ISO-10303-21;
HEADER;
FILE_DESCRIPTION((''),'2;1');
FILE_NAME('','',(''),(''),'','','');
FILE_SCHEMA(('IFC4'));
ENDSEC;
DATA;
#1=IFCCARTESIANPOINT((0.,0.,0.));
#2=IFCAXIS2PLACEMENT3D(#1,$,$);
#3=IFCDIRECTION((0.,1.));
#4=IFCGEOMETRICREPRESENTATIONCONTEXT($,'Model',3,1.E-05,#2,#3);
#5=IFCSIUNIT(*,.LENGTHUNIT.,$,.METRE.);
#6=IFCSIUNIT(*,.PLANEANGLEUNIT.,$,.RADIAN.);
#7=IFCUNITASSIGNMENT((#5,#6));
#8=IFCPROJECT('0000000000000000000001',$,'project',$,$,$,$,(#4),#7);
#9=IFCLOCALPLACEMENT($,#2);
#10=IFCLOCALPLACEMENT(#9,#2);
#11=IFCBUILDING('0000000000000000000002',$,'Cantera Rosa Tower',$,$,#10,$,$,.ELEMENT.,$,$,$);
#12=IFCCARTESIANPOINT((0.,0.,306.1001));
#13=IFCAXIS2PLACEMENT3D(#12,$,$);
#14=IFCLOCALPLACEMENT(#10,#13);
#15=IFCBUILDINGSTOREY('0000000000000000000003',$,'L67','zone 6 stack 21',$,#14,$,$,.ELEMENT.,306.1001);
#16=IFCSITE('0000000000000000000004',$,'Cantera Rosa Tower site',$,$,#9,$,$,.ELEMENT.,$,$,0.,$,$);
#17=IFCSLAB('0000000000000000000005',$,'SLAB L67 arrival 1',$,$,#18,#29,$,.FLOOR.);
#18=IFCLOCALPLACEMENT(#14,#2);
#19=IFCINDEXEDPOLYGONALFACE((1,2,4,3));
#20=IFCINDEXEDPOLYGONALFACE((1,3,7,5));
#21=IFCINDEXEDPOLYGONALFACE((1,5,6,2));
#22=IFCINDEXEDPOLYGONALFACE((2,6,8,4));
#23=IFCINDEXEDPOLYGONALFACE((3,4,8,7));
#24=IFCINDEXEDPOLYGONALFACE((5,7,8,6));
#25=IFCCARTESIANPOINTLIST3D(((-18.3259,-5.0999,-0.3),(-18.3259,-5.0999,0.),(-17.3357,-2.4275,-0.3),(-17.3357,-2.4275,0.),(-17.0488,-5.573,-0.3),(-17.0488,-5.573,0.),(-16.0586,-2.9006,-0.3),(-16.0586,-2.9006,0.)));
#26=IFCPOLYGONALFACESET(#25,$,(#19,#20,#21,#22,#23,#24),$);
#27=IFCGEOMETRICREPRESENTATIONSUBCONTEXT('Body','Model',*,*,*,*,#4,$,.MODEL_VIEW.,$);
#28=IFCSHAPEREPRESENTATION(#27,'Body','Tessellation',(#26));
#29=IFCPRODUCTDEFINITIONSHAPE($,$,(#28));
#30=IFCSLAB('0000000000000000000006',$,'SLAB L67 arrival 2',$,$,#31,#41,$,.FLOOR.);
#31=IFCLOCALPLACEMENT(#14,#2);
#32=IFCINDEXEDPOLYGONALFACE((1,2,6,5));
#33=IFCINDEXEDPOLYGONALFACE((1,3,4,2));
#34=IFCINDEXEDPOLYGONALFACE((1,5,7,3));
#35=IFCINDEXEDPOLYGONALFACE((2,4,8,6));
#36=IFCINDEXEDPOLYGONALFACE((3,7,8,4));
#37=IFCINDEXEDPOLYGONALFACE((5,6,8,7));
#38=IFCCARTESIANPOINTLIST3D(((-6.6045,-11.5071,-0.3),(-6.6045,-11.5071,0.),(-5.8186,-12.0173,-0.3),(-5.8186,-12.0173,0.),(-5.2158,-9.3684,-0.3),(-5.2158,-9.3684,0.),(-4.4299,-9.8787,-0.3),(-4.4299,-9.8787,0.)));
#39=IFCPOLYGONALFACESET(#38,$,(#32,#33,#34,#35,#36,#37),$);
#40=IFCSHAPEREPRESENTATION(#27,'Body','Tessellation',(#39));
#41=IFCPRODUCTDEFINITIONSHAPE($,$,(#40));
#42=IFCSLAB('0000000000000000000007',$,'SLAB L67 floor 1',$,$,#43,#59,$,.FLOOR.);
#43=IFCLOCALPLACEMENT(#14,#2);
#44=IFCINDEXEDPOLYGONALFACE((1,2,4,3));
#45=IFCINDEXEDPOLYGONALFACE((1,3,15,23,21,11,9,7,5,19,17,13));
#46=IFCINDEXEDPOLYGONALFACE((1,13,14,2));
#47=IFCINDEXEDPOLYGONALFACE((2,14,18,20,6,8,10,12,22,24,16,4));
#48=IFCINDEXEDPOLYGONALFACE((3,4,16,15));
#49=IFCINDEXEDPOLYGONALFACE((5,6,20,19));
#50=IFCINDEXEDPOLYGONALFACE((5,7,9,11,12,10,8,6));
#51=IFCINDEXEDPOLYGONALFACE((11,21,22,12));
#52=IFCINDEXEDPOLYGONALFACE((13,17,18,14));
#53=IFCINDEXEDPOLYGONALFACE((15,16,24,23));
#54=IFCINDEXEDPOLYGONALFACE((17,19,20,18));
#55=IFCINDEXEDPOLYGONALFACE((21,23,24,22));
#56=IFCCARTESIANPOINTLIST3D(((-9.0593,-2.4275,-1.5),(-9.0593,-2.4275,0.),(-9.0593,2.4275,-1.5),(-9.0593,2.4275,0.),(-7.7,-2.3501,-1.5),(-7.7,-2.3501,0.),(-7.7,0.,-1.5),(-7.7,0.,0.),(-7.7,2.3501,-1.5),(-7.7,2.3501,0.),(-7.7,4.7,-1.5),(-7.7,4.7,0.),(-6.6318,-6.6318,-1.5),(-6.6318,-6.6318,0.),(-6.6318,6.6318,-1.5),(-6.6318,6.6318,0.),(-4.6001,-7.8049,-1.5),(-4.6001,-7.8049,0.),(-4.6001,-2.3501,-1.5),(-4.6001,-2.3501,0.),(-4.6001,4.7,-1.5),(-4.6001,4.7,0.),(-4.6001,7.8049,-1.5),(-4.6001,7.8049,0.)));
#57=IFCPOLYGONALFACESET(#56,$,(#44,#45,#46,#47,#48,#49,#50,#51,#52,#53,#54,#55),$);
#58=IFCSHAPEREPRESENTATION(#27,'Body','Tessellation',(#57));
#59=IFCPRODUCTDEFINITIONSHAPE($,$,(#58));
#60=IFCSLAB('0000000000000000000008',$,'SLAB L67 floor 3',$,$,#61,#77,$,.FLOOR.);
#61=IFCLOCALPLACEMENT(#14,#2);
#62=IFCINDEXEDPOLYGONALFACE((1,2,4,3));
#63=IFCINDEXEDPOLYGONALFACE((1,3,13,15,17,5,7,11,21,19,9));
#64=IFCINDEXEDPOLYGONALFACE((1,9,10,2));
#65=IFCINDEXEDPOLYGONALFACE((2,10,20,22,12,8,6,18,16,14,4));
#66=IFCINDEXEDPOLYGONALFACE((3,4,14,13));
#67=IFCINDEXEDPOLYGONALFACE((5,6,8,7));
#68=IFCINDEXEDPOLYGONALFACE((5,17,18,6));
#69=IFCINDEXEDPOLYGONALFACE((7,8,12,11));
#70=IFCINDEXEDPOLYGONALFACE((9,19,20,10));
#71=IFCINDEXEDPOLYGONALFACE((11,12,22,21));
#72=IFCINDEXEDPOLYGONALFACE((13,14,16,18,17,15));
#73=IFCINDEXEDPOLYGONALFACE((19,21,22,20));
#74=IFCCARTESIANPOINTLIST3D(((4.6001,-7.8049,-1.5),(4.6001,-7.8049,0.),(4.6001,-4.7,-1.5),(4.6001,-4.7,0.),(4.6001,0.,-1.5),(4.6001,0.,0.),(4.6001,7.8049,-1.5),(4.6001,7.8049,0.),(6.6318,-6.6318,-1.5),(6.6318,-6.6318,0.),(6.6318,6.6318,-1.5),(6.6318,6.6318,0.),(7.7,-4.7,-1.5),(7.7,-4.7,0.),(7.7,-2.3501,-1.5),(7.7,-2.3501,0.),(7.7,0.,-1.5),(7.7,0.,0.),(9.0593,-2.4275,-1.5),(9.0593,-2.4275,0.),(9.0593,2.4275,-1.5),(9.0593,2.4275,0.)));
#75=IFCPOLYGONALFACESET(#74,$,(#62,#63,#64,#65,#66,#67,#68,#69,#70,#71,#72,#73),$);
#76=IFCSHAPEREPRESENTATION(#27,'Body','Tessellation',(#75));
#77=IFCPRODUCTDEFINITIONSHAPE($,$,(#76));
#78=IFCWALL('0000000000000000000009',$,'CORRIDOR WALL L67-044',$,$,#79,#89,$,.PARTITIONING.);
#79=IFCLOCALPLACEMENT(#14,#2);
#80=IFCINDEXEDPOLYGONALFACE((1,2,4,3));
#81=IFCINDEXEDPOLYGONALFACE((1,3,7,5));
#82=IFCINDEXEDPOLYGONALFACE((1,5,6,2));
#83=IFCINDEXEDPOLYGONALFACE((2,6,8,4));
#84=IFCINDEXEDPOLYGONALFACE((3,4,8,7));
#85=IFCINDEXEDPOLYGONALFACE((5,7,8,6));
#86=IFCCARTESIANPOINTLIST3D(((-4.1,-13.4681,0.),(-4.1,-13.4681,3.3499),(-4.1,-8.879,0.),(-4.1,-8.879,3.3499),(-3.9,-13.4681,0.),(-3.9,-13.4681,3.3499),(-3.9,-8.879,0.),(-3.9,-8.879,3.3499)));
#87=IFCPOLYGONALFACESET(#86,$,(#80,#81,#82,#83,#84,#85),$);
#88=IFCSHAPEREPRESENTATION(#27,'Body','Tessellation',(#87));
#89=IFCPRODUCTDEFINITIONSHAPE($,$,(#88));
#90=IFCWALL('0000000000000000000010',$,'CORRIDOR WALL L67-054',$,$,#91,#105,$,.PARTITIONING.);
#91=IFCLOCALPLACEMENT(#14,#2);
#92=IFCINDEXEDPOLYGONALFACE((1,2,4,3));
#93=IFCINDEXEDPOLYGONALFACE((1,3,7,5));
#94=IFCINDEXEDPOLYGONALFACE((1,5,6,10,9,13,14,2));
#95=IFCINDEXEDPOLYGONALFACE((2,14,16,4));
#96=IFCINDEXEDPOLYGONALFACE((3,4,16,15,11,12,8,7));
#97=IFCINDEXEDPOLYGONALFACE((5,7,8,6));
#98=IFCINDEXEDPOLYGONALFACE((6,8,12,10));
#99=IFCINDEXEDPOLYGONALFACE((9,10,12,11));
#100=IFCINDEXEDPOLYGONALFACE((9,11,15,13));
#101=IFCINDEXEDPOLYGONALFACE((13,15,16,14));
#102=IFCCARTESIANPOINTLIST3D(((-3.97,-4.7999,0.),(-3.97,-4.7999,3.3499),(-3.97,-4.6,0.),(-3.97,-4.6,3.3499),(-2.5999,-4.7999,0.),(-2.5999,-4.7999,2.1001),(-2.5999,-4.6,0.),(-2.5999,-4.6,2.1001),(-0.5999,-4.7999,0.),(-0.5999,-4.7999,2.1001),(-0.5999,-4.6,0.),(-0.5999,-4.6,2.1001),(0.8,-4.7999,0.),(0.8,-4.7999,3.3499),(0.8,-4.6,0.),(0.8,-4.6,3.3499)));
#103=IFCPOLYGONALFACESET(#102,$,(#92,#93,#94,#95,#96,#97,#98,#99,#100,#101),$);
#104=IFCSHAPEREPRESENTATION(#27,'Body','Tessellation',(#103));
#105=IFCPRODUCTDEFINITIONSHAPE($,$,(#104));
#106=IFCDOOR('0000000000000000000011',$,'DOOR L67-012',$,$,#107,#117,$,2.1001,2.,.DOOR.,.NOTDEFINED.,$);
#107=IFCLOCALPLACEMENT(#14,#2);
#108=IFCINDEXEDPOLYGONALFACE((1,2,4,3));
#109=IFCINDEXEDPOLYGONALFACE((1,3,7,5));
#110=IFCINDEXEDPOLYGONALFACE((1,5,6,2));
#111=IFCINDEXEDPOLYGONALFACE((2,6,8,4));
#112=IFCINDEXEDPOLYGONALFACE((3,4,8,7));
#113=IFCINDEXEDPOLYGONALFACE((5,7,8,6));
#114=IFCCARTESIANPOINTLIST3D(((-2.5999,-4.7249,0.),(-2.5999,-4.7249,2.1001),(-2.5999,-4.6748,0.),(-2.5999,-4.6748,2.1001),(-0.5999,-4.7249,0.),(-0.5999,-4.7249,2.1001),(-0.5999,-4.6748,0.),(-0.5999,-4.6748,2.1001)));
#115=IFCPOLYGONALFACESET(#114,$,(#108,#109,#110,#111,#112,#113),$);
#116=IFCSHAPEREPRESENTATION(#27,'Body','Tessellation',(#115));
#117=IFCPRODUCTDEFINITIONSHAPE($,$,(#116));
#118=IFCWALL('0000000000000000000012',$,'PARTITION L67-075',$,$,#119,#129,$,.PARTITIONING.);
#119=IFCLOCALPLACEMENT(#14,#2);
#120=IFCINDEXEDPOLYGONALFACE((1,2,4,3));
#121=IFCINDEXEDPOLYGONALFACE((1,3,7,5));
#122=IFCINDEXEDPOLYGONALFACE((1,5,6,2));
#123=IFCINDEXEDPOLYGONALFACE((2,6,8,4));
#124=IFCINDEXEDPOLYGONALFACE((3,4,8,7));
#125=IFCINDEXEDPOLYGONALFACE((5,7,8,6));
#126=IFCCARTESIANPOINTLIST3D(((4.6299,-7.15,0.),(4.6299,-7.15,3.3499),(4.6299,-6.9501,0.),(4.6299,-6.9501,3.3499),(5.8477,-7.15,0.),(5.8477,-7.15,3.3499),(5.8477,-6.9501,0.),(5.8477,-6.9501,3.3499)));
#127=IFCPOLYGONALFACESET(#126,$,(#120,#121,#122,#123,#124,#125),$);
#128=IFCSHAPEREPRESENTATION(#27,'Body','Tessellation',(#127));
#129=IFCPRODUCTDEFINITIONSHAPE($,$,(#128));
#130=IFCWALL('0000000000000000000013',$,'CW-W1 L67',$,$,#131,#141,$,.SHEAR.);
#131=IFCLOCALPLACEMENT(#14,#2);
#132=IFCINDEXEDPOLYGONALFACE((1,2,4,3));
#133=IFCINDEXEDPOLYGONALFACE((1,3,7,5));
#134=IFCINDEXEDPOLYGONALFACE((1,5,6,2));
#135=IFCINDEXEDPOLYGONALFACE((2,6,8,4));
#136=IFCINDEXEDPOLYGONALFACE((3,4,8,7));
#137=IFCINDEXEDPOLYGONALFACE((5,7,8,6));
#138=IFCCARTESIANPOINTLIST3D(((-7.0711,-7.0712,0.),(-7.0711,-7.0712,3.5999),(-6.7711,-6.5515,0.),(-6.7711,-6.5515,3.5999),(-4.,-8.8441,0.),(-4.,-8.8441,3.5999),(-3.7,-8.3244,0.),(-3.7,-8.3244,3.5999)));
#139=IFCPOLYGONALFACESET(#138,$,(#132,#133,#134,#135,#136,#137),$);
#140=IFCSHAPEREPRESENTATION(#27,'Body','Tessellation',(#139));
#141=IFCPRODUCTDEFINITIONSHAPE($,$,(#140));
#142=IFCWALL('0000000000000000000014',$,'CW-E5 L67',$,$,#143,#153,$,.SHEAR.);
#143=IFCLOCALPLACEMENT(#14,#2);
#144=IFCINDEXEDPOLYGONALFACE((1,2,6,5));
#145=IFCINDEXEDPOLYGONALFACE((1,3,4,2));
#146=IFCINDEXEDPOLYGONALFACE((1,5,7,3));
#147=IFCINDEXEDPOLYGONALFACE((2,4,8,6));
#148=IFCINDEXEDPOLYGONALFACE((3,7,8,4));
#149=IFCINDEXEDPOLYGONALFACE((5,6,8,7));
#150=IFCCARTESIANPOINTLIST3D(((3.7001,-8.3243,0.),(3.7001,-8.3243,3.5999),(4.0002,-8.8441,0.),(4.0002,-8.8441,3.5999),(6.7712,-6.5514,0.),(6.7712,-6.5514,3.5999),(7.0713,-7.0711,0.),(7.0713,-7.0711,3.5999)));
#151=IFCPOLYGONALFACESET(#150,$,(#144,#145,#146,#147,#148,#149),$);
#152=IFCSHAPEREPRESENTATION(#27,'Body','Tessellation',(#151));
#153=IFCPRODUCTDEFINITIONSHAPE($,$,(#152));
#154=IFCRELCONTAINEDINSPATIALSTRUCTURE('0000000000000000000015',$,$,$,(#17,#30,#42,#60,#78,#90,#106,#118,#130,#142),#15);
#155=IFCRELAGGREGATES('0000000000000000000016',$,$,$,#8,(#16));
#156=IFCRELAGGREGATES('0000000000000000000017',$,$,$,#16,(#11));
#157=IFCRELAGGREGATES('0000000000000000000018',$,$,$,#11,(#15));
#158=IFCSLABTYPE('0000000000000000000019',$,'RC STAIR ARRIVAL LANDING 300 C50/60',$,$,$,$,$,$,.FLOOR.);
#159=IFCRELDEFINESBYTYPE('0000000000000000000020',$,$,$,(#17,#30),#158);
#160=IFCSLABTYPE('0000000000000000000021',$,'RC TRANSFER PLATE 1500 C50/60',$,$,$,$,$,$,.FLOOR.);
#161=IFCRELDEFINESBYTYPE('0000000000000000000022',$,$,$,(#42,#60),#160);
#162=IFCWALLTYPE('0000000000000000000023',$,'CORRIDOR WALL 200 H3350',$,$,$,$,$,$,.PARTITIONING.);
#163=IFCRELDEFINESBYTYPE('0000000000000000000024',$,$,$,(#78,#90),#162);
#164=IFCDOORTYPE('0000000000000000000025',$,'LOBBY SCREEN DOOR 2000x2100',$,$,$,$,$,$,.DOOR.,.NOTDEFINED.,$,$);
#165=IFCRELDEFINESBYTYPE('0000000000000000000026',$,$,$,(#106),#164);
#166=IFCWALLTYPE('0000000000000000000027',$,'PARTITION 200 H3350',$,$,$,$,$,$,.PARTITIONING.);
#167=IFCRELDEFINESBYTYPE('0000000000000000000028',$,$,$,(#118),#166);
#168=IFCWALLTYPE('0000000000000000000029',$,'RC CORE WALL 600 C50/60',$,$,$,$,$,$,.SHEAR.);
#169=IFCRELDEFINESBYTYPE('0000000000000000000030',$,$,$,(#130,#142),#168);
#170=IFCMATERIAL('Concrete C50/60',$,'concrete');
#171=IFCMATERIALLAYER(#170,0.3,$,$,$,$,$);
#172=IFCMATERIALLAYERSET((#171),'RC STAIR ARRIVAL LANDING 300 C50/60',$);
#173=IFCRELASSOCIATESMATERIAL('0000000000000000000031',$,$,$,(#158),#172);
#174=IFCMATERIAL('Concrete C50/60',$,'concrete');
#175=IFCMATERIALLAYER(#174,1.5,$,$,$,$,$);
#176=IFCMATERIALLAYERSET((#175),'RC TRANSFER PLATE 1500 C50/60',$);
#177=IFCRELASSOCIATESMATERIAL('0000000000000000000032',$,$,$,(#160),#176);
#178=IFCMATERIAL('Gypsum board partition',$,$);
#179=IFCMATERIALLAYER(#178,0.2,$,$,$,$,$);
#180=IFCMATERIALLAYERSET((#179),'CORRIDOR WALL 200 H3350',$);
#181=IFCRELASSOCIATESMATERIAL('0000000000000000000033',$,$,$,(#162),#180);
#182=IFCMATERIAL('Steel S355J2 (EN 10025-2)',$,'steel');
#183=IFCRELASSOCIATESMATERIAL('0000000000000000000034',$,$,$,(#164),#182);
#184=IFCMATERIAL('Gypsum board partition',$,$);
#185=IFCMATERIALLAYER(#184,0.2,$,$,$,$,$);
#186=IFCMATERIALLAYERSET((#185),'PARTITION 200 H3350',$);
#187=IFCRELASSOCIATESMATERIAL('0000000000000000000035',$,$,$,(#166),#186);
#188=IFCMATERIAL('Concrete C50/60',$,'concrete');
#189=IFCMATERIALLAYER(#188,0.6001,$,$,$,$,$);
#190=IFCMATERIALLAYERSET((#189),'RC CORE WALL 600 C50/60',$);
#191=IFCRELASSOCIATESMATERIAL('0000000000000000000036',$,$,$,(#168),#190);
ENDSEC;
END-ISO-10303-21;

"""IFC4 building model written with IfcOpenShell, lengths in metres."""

from ifc_helpers import new_model, si_unit, direction, frame, frame_2d, origin, place, context, subcontext, project, spatial, polyline, rectangle, outline, extrude, material, layer, layer_set, type_object, element, fill, save


model = new_model("IFC4")

# Units and contexts
model_context = context("Model", 3, precision=1e-05, world=origin(), true_north=direction((0.0, 1.0)))
body_context = subcontext(model_context, "Body", "Model", "MODEL_VIEW")
ifc_project = project(units=[si_unit("LENGTHUNIT", "METRE"), si_unit("PLANEANGLEUNIT", "RADIAN")], contexts=[model_context])

# Site, building, storey
site_placement = place(None, origin())
site = spatial("IfcSite", under=ifc_project, at=site_placement, Name="Cantera Rosa Tower site", CompositionType="ELEMENT", RefElevation=0.0)
building_placement = place(site_placement, origin())
building = spatial("IfcBuilding", under=site, at=building_placement, Name="Cantera Rosa Tower", CompositionType="ELEMENT")
storey_placement = place(building_placement, frame((0.0, 0.0, 306.1001)))
storey = spatial("IfcBuildingStorey", under=building, at=storey_placement, Name="L67", Description="zone 6 stack 21", CompositionType="ELEMENT", Elevation=306.1001)

# Slabs
ifc_material_1 = material(Name="Concrete C50/60", Category="concrete")
ifc_layer_1 = layer(ifc_material_1, 0.3)
ifc_layer_set_1 = layer_set([ifc_layer_1], Name="RC STAIR ARRIVAL LANDING 300 C50/60")
slab_type_1 = type_object("IfcSlabType", Name="RC STAIR ARRIVAL LANDING 300 C50/60", PredefinedType="FLOOR", material=ifc_layer_set_1)
slab_1_placement = place(storey_placement, frame((0.0, 0.0, -0.3)))
element("IfcSlab", 1, at=slab_1_placement, inside=storey, type_object=slab_type_1, Name="SLAB L67 arrival 1", PredefinedType="FLOOR", context=body_context, shape_type="SweptSolid", body=[
    extrude(outline(polyline([(-17.0488, -5.573), (-18.3259, -5.0999), (-17.3357, -2.4275), (-16.0586, -2.9006), (-17.0488, -5.573)])), origin(), (0.0, 0.0, 1.0), 0.3),
])
slab_2_placement = place(storey_placement, frame((0.0, 0.0, -0.3)))
element("IfcSlab", 2, at=slab_2_placement, inside=storey, type_object=slab_type_1, Name="SLAB L67 arrival 2", PredefinedType="FLOOR", context=body_context, shape_type="SweptSolid", body=[
    extrude(outline(polyline([(-4.4299, -9.8787), (-5.8186, -12.0173), (-6.6045, -11.5071), (-5.2158, -9.3684), (-4.4299, -9.8787)])), origin(), (0.0, 0.0, 1.0), 0.3),
])
ifc_material_2 = material(Name="Concrete C50/60", Category="concrete")
ifc_layer_2 = layer(ifc_material_2, 1.5)
ifc_layer_set_2 = layer_set([ifc_layer_2], Name="RC TRANSFER PLATE 1500 C50/60")
slab_type_2 = type_object("IfcSlabType", Name="RC TRANSFER PLATE 1500 C50/60", PredefinedType="FLOOR", material=ifc_layer_set_2)
slab_3_placement = place(storey_placement, frame((0.0, 0.0, -1.5)))
element("IfcSlab", 3, at=slab_3_placement, inside=storey, type_object=slab_type_2, Name="SLAB L67 floor 1", PredefinedType="FLOOR", context=body_context, shape_type="SweptSolid", body=[
    extrude(outline(polyline([(-7.7, -2.3501), (-4.6001, -2.3501), (-4.6001, -7.8049), (-6.6318, -6.6318), (-9.0593, -2.4275), (-9.0593, 2.4275), (-6.6318, 6.6318), (-4.6001, 7.8049), (-4.6001, 4.7), (-7.7, 4.7), (-7.7, 2.3501), (-7.7, 0.0), (-7.7, -2.3501)])), origin(), (0.0, 0.0, 1.0), 1.5),
])
slab_4_placement = place(storey_placement, frame((0.0, 0.0, -1.5)))
element("IfcSlab", 4, at=slab_4_placement, inside=storey, type_object=slab_type_2, Name="SLAB L67 floor 3", PredefinedType="FLOOR", context=body_context, shape_type="SweptSolid", body=[
    extrude(outline(polyline([(4.6001, 0.0), (4.6001, 7.8049), (6.6318, 6.6318), (9.0593, 2.4275), (9.0593, -2.4275), (6.6318, -6.6318), (4.6001, -7.8049), (4.6001, -4.7), (7.7, -4.7), (7.7, -2.3501), (7.7, 0.0), (4.6001, 0.0)])), origin(), (0.0, 0.0, 1.0), 1.5),
])

# Wall
ifc_material_3 = material(Name="Gypsum board partition")
ifc_layer_3 = layer(ifc_material_3, 0.2)
ifc_layer_set_3 = layer_set([ifc_layer_3], Name="CORRIDOR WALL 200 H3350")
wall_type_1 = type_object("IfcWallType", Name="CORRIDOR WALL 200 H3350", PredefinedType="PARTITIONING", material=ifc_layer_set_3)
wall_1_placement = place(storey_placement, frame((-4.0, -13.468, 0.0), z_axis=(0.0, 0.0, 1.0), x_axis=(0.0, 1.0, 0.0)))
element("IfcWall", 5, at=wall_1_placement, inside=storey, type_object=wall_type_1, Name="CORRIDOR WALL L67-044", PredefinedType="PARTITIONING", context=body_context, shape_type="SweptSolid", body=[
    extrude(rectangle(XDim=4.5891, YDim=0.2, at=frame_2d((2.2944, 0.0))), origin(), (0.0, 0.0, 1.0), 3.3499),
])

# Wall, opening, door
wall_2_placement = place(storey_placement, frame((0.8, -4.7, 0.0), z_axis=(0.0, 0.0, 1.0), x_axis=(-1.0, 0.0, 0.0)))
wall_2 = element("IfcWall", 6, at=wall_2_placement, inside=storey, type_object=wall_type_1, Name="CORRIDOR WALL L67-054", PredefinedType="PARTITIONING", context=body_context, shape_type="SweptSolid", body=[
    extrude(rectangle(XDim=4.77, YDim=0.2, at=frame_2d((2.385, 0.0))), origin(), (0.0, 0.0, 1.0), 3.3499),
])
opening_1_placement = place(wall_2_placement, frame((1.3999, 0.0, 0.0)))
opening_1 = element("IfcOpeningElement", 7, at=opening_1_placement, cuts=wall_2, PredefinedType="OPENING", context=body_context, shape_type="SweptSolid", body=[
    extrude(rectangle(XDim=2.0, YDim=2.1001, at=frame_2d((1.0, 1.05))), frame((0.0, 0.1099, 0.0), z_axis=(0.0, -1.0, 0.0), x_axis=(1.0, 0.0, 0.0)), (0.0, 0.0, 1.0), 0.22),
])
ifc_material_4 = material(Name="Steel S355J2 (EN 10025-2)", Category="steel")
door_type_1 = type_object("IfcDoorType", Name="LOBBY SCREEN DOOR 2000x2100", OperationType="NOTDEFINED", PredefinedType="DOOR", material=ifc_material_4)
door_1_placement = place(opening_1_placement, origin())
door_1 = element("IfcDoor", 8, at=door_1_placement, inside=storey, type_object=door_type_1, Name="DOOR L67-012", OperationType="NOTDEFINED", OverallHeight=2.1001, OverallWidth=2.0, PredefinedType="DOOR", context=body_context, shape_type="SweptSolid", body=[
    extrude(rectangle(XDim=2.0, YDim=2.1001, at=frame_2d((1.0, 1.05))), frame((0.0, 0.0249, 0.0), z_axis=(0.0, -1.0, 0.0), x_axis=(1.0, 0.0, 0.0)), (0.0, 0.0, 1.0), 0.05),
])
fill(opening_1, door_1)

# Walls
ifc_material_5 = material(Name="Gypsum board partition")
ifc_layer_4 = layer(ifc_material_5, 0.2)
ifc_layer_set_4 = layer_set([ifc_layer_4], Name="PARTITION 200 H3350")
wall_type_2 = type_object("IfcWallType", Name="PARTITION 200 H3350", PredefinedType="PARTITIONING", material=ifc_layer_set_4)
wall_3_placement = place(storey_placement, frame((5.8477, -7.05, 0.0), z_axis=(0.0, 0.0, 1.0), x_axis=(-1.0, 0.0, 0.0)))
element("IfcWall", 9, at=wall_3_placement, inside=storey, type_object=wall_type_2, Name="PARTITION L67-075", PredefinedType="PARTITIONING", context=body_context, shape_type="SweptSolid", body=[
    extrude(rectangle(XDim=1.2178, YDim=0.2, at=frame_2d((0.6089, 0.0))), origin(), (0.0, 0.0, 1.0), 3.3499),
])
ifc_material_6 = material(Name="Concrete C50/60", Category="concrete")
ifc_layer_5 = layer(ifc_material_6, 0.6001)
ifc_layer_set_5 = layer_set([ifc_layer_5], Name="RC CORE WALL 600 C50/60")
wall_type_3 = type_object("IfcWallType", Name="RC CORE WALL 600 C50/60", PredefinedType="SHEAR", material=ifc_layer_set_5)
for number, where, z_axis, x_axis, name in (
    (10, (-3.8501, -8.5842, 0.0), (0.0, 0.0, 1.0), (-0.86604, 0.499975, 0.0), "CW-W1 L67"),
    (11, (6.9211, -6.8113, 0.0), (0.0, 0.0, 1.0), (-0.86604, -0.499975, 0.0), "CW-E5 L67"),
):
    element("IfcWall", number, at=place(storey_placement, frame(where, z_axis=z_axis, x_axis=x_axis)), inside=storey, type_object=wall_type_3, Name=name, PredefinedType="SHEAR", context=body_context, shape_type="SweptSolid", body=[
        extrude(rectangle(XDim=3.5461, YDim=0.6001, at=frame_2d((1.7729, 0.0))), origin(), (0.0, 0.0, 1.0), 3.5999),
    ])

save(model, "model.ifc")
